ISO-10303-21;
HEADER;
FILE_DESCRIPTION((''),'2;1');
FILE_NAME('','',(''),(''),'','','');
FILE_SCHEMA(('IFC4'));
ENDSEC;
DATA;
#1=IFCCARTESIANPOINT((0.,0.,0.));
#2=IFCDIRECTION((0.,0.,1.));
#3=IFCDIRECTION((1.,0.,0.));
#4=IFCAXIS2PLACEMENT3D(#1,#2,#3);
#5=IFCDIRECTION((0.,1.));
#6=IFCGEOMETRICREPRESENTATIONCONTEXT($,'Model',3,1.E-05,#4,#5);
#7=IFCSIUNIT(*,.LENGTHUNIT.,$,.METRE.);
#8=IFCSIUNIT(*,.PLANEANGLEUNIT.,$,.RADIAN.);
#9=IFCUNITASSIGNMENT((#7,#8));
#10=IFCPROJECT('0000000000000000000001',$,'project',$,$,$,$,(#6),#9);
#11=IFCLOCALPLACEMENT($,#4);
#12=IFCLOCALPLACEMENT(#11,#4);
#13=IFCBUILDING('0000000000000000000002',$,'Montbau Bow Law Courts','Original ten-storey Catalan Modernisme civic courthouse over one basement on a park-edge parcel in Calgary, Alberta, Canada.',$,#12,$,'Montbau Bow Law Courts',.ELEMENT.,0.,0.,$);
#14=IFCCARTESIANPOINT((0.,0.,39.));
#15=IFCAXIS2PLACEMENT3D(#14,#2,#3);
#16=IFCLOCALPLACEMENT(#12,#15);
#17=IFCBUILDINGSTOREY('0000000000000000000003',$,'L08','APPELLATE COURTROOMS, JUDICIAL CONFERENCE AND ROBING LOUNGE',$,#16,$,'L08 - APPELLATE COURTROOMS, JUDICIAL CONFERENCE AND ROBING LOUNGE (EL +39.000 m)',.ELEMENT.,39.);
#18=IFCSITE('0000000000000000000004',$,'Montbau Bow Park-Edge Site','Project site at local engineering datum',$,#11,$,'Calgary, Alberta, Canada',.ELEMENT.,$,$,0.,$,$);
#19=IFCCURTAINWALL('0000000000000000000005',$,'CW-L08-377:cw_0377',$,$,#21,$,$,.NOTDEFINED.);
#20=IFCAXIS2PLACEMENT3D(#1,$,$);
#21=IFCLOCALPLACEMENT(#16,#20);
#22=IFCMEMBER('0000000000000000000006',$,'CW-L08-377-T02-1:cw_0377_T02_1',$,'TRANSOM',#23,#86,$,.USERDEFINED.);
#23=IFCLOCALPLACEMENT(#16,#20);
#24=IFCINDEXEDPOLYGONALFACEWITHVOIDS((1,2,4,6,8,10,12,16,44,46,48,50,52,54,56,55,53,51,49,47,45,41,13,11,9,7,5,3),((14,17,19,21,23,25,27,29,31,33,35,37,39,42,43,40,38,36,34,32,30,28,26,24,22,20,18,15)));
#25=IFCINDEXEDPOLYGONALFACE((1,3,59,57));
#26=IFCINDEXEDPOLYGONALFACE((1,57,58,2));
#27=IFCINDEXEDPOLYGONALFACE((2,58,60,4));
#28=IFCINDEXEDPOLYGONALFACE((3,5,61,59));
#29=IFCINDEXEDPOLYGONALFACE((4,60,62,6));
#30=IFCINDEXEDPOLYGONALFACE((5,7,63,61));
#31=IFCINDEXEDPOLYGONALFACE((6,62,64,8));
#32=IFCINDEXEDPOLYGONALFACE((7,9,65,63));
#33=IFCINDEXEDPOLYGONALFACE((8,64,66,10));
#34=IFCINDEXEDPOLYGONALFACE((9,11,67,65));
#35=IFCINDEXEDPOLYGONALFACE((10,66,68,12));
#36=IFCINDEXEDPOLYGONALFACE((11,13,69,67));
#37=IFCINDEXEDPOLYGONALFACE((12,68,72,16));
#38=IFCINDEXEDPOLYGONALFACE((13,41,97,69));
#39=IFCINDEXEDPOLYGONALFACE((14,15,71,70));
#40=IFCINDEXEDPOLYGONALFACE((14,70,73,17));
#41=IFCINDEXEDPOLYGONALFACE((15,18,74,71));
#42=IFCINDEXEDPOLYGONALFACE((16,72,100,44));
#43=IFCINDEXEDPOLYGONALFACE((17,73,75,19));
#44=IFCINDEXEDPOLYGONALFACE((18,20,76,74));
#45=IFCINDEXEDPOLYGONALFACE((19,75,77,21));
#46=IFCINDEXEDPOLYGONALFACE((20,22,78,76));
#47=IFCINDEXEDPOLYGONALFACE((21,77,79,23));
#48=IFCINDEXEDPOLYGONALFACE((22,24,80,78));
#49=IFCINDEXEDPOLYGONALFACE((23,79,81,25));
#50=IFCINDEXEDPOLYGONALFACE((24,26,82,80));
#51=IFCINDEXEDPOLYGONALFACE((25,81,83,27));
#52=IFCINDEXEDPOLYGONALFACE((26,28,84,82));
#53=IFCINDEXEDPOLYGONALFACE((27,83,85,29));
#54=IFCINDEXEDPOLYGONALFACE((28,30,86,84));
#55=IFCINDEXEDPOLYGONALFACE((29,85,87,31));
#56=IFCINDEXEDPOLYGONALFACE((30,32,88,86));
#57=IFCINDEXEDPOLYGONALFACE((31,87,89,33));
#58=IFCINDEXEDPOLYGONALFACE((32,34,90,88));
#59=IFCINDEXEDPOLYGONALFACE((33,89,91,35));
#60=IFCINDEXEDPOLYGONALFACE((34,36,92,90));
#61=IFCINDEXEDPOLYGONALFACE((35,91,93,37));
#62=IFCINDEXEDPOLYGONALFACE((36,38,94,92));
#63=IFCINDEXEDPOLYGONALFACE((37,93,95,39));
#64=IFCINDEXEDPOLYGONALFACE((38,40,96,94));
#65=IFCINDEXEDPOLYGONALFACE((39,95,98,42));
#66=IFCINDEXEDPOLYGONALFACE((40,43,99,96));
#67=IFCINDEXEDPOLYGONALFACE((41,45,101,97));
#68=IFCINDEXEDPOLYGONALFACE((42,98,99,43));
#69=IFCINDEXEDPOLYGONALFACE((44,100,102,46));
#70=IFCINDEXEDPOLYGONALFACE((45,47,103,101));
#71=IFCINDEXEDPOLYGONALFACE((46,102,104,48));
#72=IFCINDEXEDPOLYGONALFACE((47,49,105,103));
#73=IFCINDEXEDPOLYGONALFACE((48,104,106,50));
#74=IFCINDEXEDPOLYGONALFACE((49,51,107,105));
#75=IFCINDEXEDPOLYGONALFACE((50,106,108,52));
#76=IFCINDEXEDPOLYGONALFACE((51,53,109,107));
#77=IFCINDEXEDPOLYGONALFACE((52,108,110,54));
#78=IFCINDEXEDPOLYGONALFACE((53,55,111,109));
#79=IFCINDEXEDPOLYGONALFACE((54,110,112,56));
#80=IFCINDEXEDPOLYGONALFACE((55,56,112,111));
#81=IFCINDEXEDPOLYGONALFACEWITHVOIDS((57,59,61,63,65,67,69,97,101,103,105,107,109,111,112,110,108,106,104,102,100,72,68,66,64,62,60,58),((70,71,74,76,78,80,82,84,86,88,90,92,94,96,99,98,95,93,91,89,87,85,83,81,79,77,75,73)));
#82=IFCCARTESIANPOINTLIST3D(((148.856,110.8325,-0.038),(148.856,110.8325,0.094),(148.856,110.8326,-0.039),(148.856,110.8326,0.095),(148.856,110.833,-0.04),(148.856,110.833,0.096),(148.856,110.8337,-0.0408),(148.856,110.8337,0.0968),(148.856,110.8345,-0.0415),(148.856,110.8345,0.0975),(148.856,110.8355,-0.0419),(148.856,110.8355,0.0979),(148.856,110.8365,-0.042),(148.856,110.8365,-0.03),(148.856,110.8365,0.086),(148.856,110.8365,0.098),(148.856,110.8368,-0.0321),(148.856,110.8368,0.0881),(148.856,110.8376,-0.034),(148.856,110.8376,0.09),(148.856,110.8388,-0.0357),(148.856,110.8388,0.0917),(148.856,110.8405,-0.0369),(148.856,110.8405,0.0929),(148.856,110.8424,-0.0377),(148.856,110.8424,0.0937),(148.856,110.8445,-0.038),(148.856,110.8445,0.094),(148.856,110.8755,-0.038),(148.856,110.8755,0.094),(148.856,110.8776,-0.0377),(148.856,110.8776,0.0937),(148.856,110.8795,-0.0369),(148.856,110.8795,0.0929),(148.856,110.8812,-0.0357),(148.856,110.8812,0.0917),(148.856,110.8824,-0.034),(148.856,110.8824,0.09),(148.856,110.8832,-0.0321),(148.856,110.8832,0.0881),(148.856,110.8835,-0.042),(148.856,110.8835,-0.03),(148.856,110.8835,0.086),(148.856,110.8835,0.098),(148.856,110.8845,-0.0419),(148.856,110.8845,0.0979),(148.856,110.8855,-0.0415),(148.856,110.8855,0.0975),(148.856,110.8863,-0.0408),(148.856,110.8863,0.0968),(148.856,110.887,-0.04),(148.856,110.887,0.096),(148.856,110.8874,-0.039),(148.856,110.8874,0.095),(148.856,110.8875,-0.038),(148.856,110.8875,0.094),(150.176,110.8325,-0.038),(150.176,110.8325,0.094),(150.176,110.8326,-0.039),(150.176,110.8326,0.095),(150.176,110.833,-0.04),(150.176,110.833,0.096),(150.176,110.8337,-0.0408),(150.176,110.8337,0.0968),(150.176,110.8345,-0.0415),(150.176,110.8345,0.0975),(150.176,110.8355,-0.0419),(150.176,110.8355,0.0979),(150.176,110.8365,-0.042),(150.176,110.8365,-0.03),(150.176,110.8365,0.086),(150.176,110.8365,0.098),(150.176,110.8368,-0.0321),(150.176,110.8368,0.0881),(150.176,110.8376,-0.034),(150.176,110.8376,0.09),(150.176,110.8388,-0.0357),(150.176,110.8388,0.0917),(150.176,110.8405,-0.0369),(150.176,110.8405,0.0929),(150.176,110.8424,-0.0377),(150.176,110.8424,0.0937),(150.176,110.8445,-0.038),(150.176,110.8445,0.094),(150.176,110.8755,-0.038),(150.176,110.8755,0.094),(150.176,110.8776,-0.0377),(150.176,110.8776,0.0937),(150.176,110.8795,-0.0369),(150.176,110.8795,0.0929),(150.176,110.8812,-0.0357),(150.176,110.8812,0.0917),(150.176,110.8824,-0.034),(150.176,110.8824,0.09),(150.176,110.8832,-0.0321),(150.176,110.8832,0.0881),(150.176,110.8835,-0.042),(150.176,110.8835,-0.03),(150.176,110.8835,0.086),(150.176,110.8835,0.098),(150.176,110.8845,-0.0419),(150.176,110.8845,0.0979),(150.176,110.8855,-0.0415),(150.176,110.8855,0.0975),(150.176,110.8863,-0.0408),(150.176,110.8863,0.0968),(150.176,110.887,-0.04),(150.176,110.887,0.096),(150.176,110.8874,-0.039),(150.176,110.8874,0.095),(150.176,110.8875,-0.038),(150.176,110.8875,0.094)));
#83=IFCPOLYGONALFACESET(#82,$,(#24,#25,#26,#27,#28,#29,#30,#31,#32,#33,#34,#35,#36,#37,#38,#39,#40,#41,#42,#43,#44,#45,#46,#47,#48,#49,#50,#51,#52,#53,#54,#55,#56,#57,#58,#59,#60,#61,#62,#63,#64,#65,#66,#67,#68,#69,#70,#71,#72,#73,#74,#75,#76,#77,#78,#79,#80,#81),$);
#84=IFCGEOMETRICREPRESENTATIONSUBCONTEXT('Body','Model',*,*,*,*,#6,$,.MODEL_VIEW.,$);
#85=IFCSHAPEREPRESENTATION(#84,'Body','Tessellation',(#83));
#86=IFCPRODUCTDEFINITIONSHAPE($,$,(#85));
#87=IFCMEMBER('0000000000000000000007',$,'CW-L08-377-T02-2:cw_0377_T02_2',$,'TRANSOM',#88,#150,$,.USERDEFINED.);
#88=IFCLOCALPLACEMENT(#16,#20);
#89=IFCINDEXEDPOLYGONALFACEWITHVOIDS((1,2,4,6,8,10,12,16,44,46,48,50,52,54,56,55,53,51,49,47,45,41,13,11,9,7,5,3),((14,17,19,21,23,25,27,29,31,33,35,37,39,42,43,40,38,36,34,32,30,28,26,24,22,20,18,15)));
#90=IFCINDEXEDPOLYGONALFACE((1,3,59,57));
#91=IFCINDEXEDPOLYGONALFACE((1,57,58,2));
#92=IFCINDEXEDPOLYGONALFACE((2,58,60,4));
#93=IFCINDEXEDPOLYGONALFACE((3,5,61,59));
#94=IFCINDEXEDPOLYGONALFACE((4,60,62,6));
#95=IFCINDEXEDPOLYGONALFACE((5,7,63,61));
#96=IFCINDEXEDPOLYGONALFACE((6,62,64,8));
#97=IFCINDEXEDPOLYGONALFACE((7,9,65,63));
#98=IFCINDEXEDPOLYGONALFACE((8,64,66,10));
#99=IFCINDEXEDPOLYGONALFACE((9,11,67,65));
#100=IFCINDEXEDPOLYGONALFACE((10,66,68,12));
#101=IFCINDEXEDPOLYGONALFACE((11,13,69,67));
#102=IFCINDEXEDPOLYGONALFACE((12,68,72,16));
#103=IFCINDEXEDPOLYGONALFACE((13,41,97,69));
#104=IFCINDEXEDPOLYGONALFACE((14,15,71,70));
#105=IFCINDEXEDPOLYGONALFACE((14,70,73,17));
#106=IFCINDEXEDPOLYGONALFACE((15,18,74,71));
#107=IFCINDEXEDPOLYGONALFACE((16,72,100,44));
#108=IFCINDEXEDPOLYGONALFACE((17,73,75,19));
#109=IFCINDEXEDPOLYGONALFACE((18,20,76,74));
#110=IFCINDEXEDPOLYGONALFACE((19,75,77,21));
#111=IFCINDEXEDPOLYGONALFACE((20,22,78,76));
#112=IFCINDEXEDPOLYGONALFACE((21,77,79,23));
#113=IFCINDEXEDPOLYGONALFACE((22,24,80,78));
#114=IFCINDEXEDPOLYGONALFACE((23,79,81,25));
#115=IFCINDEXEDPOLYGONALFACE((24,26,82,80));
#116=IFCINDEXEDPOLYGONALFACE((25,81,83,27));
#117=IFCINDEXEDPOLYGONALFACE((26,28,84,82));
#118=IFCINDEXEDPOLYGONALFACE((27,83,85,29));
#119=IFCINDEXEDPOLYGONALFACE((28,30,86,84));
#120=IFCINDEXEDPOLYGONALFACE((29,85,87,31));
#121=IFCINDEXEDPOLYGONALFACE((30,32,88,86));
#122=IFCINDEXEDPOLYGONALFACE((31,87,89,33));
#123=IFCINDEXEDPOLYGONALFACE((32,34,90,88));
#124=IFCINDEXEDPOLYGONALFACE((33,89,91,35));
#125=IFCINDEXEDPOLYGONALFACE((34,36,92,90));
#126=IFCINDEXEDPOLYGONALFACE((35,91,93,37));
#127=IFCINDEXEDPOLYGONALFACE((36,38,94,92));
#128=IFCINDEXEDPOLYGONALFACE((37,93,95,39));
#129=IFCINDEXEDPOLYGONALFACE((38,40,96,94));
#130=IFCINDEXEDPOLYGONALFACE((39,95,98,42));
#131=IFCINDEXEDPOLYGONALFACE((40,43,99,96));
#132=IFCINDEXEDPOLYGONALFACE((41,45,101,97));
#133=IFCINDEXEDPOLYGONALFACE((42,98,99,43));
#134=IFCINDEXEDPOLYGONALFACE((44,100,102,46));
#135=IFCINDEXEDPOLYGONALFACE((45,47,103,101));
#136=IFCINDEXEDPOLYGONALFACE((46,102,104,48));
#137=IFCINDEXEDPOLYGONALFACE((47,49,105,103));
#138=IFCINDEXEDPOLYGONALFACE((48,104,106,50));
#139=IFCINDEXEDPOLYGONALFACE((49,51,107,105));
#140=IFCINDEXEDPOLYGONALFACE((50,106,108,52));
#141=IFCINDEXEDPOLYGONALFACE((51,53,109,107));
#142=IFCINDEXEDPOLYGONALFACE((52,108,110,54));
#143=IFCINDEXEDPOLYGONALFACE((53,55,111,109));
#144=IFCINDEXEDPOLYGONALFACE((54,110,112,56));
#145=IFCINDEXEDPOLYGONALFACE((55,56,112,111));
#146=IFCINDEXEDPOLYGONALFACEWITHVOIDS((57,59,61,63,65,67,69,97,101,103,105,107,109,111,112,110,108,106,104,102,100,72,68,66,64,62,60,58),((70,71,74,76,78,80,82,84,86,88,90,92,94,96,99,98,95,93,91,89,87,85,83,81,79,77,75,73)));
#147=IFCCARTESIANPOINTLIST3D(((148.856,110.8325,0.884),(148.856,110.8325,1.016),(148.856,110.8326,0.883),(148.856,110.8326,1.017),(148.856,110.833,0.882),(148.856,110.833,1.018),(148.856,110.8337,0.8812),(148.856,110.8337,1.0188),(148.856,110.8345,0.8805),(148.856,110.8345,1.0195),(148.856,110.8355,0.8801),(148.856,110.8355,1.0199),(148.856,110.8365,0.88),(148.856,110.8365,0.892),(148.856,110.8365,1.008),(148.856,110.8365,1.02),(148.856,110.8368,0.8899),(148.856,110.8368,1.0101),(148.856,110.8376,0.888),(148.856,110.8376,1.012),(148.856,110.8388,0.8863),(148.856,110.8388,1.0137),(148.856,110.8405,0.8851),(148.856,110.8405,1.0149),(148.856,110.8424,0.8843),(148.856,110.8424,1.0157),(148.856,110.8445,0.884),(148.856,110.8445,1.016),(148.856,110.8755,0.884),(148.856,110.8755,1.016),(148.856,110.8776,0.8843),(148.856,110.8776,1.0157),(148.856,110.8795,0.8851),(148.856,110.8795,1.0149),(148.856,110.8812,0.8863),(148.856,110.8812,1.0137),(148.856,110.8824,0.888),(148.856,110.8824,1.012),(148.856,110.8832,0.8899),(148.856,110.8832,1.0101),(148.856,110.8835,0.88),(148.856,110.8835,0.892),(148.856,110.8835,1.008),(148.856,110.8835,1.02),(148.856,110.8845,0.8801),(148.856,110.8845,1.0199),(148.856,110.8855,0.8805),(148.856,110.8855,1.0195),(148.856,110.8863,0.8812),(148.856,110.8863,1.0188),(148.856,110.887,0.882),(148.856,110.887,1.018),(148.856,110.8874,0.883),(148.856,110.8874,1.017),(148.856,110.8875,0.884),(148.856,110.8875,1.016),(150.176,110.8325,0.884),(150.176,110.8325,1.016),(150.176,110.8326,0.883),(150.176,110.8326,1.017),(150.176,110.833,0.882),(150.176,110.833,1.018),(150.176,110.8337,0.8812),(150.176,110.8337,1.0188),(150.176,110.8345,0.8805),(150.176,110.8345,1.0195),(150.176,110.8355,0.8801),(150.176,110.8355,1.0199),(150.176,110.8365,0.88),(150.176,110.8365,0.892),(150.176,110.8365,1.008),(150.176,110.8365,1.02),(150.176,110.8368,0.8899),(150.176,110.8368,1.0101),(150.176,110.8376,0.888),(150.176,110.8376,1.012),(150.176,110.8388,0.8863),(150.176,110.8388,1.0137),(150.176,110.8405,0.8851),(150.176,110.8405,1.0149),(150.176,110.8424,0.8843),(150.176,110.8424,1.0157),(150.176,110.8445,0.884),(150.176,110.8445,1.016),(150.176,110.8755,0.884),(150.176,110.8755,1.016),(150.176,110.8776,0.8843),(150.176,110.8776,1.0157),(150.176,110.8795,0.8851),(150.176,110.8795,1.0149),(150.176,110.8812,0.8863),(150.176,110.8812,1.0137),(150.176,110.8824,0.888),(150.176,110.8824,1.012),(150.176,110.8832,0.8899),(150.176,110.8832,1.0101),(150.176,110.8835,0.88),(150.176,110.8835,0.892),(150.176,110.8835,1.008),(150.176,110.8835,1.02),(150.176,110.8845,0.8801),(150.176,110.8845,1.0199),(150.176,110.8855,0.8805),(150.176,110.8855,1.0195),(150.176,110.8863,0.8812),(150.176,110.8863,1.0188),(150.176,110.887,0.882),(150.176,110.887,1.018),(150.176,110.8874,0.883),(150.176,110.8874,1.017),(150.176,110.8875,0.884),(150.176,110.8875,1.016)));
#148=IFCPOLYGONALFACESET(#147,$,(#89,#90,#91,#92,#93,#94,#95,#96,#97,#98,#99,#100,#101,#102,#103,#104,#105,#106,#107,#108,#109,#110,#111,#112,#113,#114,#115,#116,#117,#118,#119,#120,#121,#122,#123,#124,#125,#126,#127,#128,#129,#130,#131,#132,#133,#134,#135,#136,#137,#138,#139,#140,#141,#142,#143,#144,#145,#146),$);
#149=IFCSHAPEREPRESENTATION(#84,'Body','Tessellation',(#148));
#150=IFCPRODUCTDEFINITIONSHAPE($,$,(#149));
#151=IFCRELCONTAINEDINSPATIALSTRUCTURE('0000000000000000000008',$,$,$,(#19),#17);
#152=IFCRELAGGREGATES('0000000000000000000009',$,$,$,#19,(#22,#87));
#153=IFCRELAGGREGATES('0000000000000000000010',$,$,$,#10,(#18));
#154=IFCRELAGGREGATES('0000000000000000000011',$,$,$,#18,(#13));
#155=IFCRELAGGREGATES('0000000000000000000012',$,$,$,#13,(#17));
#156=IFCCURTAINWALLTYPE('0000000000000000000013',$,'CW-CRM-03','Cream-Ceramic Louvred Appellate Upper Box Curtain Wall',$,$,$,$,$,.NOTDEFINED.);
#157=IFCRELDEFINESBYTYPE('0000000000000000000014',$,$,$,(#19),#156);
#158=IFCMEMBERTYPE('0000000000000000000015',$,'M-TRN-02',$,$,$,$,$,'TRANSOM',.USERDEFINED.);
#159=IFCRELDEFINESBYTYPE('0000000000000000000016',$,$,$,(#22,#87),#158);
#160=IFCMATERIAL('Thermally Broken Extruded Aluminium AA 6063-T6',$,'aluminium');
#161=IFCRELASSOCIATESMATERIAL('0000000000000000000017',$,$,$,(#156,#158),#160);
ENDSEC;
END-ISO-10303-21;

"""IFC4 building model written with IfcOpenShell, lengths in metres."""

from ifc_helpers import new_model, si_unit, direction, frame, origin_with_axes, origin_2d_with_axis, place, context, subcontext, project, spatial, hollow_rectangle, extrude, material, material_profile, profile_set, type_object, element, aggregate, save


model = new_model("IFC4")

# Units and contexts
model_context = context("Model", 3, precision=1e-05, world=origin_with_axes(), true_north=direction((0.0, 1.0)))
body_context = subcontext(model_context, "Body", "Model", "MODEL_VIEW")
ifc_project = project(units=[si_unit("LENGTHUNIT", "METRE"), si_unit("PLANEANGLEUNIT", "RADIAN")], contexts=[model_context])

# Site, building, storey
site_placement = place(None, origin_with_axes())
site = spatial("IfcSite", under=ifc_project, at=site_placement, Name="Montbau Bow Park-Edge Site", Description="Project site at local engineering datum", LongName="Calgary, Alberta, Canada", CompositionType="ELEMENT", RefElevation=0.0)
building_placement = place(site_placement, origin_with_axes())
building = spatial("IfcBuilding", under=site, at=building_placement, Name="Montbau Bow Law Courts", Description="Original ten-storey Catalan Modernisme civic courthouse over one basement on a park-edge parcel in Calgary, Alberta, Canada.", LongName="Montbau Bow Law Courts", CompositionType="ELEMENT", ElevationOfRefHeight=0.0, ElevationOfTerrain=0.0)
storey_placement = place(building_placement, frame((0.0, 0.0, 39.0), z_axis=(0.0, 0.0, 1.0), x_axis=(1.0, 0.0, 0.0)))
storey = spatial("IfcBuildingStorey", under=building, at=storey_placement, Name="L08", Description="APPELLATE COURTROOMS, JUDICIAL CONFERENCE AND ROBING LOUNGE", LongName="L08 - APPELLATE COURTROOMS, JUDICIAL CONFERENCE AND ROBING LOUNGE (EL +39.000 m)", CompositionType="ELEMENT", Elevation=39.0)

# Curtain wall, members
ifc_material_1 = material(Name="Thermally Broken Extruded Aluminium AA 6063-T6", Category="aluminium")
curtain_wall_type = type_object("IfcCurtainWallType", Name="CW-CRM-03", Description="Cream-Ceramic Louvred Appellate Upper Box Curtain Wall", PredefinedType="NOTDEFINED", material=ifc_material_1)
curtain_wall_placement = place(None, frame((147.44, 110.86, 39.0), z_axis=(0.0, 0.0, 1.0), x_axis=(1.0, 0.0, 0.0)))
curtain_wall = element("IfcCurtainWall", 1, at=curtain_wall_placement, inside=storey, type_object=curtain_wall_type, Name="CW-L08-377:cw_0377", PredefinedType="NOTDEFINED")
ifc_material_profile_1 = material_profile(ifc_material_1, hollow_rectangle(XDim=0.055, YDim=0.14, WallThickness=0.004, InnerFilletRadius=0.008, OuterFilletRadius=0.004, at=origin_2d_with_axis()), Name="CWT-140X55", Category="Main", Priority=0)
ifc_profile_set_1 = profile_set([ifc_material_profile_1], Name="Thermally Broken Extruded Aluminium AA 6063-T6")
member_type_1 = type_object("IfcMemberType", Name="M-TRN-02", ElementType="TRANSOM", PredefinedType="USERDEFINED", material=ifc_profile_set_1)
member_1_placement = place(None, frame((148.856, 110.86, 39.028), z_axis=(1.0, 0.0, 0.0), x_axis=(0.0, 1.0, 0.0)))
member_1 = element("IfcMember", 2, at=member_1_placement, type_object=member_type_1, Name="CW-L08-377-T02-1:cw_0377_T02_1", ObjectType="TRANSOM", PredefinedType="USERDEFINED", context=body_context, shape_type="SweptSolid", body=[
    extrude(hollow_rectangle(XDim=0.055, YDim=0.14, WallThickness=0.004, InnerFilletRadius=0.008, OuterFilletRadius=0.004, at=origin_2d_with_axis()), origin_with_axes(), (0.0, 0.0, 1.0), 1.32),
])
member_2_placement = place(None, frame((148.856, 110.86, 39.95), z_axis=(1.0, 0.0, 0.0), x_axis=(0.0, 1.0, 0.0)))
member_2 = element("IfcMember", 3, at=member_2_placement, type_object=member_type_1, Name="CW-L08-377-T02-2:cw_0377_T02_2", ObjectType="TRANSOM", PredefinedType="USERDEFINED", context=body_context, shape_type="SweptSolid", body=[
    extrude(hollow_rectangle(XDim=0.055, YDim=0.14, WallThickness=0.004, InnerFilletRadius=0.008, OuterFilletRadius=0.004, at=origin_2d_with_axis()), origin_with_axes(), (0.0, 0.0, 1.0), 1.32),
])
aggregate(curtain_wall, [member_1, member_2])

save(model, "model.ifc")
